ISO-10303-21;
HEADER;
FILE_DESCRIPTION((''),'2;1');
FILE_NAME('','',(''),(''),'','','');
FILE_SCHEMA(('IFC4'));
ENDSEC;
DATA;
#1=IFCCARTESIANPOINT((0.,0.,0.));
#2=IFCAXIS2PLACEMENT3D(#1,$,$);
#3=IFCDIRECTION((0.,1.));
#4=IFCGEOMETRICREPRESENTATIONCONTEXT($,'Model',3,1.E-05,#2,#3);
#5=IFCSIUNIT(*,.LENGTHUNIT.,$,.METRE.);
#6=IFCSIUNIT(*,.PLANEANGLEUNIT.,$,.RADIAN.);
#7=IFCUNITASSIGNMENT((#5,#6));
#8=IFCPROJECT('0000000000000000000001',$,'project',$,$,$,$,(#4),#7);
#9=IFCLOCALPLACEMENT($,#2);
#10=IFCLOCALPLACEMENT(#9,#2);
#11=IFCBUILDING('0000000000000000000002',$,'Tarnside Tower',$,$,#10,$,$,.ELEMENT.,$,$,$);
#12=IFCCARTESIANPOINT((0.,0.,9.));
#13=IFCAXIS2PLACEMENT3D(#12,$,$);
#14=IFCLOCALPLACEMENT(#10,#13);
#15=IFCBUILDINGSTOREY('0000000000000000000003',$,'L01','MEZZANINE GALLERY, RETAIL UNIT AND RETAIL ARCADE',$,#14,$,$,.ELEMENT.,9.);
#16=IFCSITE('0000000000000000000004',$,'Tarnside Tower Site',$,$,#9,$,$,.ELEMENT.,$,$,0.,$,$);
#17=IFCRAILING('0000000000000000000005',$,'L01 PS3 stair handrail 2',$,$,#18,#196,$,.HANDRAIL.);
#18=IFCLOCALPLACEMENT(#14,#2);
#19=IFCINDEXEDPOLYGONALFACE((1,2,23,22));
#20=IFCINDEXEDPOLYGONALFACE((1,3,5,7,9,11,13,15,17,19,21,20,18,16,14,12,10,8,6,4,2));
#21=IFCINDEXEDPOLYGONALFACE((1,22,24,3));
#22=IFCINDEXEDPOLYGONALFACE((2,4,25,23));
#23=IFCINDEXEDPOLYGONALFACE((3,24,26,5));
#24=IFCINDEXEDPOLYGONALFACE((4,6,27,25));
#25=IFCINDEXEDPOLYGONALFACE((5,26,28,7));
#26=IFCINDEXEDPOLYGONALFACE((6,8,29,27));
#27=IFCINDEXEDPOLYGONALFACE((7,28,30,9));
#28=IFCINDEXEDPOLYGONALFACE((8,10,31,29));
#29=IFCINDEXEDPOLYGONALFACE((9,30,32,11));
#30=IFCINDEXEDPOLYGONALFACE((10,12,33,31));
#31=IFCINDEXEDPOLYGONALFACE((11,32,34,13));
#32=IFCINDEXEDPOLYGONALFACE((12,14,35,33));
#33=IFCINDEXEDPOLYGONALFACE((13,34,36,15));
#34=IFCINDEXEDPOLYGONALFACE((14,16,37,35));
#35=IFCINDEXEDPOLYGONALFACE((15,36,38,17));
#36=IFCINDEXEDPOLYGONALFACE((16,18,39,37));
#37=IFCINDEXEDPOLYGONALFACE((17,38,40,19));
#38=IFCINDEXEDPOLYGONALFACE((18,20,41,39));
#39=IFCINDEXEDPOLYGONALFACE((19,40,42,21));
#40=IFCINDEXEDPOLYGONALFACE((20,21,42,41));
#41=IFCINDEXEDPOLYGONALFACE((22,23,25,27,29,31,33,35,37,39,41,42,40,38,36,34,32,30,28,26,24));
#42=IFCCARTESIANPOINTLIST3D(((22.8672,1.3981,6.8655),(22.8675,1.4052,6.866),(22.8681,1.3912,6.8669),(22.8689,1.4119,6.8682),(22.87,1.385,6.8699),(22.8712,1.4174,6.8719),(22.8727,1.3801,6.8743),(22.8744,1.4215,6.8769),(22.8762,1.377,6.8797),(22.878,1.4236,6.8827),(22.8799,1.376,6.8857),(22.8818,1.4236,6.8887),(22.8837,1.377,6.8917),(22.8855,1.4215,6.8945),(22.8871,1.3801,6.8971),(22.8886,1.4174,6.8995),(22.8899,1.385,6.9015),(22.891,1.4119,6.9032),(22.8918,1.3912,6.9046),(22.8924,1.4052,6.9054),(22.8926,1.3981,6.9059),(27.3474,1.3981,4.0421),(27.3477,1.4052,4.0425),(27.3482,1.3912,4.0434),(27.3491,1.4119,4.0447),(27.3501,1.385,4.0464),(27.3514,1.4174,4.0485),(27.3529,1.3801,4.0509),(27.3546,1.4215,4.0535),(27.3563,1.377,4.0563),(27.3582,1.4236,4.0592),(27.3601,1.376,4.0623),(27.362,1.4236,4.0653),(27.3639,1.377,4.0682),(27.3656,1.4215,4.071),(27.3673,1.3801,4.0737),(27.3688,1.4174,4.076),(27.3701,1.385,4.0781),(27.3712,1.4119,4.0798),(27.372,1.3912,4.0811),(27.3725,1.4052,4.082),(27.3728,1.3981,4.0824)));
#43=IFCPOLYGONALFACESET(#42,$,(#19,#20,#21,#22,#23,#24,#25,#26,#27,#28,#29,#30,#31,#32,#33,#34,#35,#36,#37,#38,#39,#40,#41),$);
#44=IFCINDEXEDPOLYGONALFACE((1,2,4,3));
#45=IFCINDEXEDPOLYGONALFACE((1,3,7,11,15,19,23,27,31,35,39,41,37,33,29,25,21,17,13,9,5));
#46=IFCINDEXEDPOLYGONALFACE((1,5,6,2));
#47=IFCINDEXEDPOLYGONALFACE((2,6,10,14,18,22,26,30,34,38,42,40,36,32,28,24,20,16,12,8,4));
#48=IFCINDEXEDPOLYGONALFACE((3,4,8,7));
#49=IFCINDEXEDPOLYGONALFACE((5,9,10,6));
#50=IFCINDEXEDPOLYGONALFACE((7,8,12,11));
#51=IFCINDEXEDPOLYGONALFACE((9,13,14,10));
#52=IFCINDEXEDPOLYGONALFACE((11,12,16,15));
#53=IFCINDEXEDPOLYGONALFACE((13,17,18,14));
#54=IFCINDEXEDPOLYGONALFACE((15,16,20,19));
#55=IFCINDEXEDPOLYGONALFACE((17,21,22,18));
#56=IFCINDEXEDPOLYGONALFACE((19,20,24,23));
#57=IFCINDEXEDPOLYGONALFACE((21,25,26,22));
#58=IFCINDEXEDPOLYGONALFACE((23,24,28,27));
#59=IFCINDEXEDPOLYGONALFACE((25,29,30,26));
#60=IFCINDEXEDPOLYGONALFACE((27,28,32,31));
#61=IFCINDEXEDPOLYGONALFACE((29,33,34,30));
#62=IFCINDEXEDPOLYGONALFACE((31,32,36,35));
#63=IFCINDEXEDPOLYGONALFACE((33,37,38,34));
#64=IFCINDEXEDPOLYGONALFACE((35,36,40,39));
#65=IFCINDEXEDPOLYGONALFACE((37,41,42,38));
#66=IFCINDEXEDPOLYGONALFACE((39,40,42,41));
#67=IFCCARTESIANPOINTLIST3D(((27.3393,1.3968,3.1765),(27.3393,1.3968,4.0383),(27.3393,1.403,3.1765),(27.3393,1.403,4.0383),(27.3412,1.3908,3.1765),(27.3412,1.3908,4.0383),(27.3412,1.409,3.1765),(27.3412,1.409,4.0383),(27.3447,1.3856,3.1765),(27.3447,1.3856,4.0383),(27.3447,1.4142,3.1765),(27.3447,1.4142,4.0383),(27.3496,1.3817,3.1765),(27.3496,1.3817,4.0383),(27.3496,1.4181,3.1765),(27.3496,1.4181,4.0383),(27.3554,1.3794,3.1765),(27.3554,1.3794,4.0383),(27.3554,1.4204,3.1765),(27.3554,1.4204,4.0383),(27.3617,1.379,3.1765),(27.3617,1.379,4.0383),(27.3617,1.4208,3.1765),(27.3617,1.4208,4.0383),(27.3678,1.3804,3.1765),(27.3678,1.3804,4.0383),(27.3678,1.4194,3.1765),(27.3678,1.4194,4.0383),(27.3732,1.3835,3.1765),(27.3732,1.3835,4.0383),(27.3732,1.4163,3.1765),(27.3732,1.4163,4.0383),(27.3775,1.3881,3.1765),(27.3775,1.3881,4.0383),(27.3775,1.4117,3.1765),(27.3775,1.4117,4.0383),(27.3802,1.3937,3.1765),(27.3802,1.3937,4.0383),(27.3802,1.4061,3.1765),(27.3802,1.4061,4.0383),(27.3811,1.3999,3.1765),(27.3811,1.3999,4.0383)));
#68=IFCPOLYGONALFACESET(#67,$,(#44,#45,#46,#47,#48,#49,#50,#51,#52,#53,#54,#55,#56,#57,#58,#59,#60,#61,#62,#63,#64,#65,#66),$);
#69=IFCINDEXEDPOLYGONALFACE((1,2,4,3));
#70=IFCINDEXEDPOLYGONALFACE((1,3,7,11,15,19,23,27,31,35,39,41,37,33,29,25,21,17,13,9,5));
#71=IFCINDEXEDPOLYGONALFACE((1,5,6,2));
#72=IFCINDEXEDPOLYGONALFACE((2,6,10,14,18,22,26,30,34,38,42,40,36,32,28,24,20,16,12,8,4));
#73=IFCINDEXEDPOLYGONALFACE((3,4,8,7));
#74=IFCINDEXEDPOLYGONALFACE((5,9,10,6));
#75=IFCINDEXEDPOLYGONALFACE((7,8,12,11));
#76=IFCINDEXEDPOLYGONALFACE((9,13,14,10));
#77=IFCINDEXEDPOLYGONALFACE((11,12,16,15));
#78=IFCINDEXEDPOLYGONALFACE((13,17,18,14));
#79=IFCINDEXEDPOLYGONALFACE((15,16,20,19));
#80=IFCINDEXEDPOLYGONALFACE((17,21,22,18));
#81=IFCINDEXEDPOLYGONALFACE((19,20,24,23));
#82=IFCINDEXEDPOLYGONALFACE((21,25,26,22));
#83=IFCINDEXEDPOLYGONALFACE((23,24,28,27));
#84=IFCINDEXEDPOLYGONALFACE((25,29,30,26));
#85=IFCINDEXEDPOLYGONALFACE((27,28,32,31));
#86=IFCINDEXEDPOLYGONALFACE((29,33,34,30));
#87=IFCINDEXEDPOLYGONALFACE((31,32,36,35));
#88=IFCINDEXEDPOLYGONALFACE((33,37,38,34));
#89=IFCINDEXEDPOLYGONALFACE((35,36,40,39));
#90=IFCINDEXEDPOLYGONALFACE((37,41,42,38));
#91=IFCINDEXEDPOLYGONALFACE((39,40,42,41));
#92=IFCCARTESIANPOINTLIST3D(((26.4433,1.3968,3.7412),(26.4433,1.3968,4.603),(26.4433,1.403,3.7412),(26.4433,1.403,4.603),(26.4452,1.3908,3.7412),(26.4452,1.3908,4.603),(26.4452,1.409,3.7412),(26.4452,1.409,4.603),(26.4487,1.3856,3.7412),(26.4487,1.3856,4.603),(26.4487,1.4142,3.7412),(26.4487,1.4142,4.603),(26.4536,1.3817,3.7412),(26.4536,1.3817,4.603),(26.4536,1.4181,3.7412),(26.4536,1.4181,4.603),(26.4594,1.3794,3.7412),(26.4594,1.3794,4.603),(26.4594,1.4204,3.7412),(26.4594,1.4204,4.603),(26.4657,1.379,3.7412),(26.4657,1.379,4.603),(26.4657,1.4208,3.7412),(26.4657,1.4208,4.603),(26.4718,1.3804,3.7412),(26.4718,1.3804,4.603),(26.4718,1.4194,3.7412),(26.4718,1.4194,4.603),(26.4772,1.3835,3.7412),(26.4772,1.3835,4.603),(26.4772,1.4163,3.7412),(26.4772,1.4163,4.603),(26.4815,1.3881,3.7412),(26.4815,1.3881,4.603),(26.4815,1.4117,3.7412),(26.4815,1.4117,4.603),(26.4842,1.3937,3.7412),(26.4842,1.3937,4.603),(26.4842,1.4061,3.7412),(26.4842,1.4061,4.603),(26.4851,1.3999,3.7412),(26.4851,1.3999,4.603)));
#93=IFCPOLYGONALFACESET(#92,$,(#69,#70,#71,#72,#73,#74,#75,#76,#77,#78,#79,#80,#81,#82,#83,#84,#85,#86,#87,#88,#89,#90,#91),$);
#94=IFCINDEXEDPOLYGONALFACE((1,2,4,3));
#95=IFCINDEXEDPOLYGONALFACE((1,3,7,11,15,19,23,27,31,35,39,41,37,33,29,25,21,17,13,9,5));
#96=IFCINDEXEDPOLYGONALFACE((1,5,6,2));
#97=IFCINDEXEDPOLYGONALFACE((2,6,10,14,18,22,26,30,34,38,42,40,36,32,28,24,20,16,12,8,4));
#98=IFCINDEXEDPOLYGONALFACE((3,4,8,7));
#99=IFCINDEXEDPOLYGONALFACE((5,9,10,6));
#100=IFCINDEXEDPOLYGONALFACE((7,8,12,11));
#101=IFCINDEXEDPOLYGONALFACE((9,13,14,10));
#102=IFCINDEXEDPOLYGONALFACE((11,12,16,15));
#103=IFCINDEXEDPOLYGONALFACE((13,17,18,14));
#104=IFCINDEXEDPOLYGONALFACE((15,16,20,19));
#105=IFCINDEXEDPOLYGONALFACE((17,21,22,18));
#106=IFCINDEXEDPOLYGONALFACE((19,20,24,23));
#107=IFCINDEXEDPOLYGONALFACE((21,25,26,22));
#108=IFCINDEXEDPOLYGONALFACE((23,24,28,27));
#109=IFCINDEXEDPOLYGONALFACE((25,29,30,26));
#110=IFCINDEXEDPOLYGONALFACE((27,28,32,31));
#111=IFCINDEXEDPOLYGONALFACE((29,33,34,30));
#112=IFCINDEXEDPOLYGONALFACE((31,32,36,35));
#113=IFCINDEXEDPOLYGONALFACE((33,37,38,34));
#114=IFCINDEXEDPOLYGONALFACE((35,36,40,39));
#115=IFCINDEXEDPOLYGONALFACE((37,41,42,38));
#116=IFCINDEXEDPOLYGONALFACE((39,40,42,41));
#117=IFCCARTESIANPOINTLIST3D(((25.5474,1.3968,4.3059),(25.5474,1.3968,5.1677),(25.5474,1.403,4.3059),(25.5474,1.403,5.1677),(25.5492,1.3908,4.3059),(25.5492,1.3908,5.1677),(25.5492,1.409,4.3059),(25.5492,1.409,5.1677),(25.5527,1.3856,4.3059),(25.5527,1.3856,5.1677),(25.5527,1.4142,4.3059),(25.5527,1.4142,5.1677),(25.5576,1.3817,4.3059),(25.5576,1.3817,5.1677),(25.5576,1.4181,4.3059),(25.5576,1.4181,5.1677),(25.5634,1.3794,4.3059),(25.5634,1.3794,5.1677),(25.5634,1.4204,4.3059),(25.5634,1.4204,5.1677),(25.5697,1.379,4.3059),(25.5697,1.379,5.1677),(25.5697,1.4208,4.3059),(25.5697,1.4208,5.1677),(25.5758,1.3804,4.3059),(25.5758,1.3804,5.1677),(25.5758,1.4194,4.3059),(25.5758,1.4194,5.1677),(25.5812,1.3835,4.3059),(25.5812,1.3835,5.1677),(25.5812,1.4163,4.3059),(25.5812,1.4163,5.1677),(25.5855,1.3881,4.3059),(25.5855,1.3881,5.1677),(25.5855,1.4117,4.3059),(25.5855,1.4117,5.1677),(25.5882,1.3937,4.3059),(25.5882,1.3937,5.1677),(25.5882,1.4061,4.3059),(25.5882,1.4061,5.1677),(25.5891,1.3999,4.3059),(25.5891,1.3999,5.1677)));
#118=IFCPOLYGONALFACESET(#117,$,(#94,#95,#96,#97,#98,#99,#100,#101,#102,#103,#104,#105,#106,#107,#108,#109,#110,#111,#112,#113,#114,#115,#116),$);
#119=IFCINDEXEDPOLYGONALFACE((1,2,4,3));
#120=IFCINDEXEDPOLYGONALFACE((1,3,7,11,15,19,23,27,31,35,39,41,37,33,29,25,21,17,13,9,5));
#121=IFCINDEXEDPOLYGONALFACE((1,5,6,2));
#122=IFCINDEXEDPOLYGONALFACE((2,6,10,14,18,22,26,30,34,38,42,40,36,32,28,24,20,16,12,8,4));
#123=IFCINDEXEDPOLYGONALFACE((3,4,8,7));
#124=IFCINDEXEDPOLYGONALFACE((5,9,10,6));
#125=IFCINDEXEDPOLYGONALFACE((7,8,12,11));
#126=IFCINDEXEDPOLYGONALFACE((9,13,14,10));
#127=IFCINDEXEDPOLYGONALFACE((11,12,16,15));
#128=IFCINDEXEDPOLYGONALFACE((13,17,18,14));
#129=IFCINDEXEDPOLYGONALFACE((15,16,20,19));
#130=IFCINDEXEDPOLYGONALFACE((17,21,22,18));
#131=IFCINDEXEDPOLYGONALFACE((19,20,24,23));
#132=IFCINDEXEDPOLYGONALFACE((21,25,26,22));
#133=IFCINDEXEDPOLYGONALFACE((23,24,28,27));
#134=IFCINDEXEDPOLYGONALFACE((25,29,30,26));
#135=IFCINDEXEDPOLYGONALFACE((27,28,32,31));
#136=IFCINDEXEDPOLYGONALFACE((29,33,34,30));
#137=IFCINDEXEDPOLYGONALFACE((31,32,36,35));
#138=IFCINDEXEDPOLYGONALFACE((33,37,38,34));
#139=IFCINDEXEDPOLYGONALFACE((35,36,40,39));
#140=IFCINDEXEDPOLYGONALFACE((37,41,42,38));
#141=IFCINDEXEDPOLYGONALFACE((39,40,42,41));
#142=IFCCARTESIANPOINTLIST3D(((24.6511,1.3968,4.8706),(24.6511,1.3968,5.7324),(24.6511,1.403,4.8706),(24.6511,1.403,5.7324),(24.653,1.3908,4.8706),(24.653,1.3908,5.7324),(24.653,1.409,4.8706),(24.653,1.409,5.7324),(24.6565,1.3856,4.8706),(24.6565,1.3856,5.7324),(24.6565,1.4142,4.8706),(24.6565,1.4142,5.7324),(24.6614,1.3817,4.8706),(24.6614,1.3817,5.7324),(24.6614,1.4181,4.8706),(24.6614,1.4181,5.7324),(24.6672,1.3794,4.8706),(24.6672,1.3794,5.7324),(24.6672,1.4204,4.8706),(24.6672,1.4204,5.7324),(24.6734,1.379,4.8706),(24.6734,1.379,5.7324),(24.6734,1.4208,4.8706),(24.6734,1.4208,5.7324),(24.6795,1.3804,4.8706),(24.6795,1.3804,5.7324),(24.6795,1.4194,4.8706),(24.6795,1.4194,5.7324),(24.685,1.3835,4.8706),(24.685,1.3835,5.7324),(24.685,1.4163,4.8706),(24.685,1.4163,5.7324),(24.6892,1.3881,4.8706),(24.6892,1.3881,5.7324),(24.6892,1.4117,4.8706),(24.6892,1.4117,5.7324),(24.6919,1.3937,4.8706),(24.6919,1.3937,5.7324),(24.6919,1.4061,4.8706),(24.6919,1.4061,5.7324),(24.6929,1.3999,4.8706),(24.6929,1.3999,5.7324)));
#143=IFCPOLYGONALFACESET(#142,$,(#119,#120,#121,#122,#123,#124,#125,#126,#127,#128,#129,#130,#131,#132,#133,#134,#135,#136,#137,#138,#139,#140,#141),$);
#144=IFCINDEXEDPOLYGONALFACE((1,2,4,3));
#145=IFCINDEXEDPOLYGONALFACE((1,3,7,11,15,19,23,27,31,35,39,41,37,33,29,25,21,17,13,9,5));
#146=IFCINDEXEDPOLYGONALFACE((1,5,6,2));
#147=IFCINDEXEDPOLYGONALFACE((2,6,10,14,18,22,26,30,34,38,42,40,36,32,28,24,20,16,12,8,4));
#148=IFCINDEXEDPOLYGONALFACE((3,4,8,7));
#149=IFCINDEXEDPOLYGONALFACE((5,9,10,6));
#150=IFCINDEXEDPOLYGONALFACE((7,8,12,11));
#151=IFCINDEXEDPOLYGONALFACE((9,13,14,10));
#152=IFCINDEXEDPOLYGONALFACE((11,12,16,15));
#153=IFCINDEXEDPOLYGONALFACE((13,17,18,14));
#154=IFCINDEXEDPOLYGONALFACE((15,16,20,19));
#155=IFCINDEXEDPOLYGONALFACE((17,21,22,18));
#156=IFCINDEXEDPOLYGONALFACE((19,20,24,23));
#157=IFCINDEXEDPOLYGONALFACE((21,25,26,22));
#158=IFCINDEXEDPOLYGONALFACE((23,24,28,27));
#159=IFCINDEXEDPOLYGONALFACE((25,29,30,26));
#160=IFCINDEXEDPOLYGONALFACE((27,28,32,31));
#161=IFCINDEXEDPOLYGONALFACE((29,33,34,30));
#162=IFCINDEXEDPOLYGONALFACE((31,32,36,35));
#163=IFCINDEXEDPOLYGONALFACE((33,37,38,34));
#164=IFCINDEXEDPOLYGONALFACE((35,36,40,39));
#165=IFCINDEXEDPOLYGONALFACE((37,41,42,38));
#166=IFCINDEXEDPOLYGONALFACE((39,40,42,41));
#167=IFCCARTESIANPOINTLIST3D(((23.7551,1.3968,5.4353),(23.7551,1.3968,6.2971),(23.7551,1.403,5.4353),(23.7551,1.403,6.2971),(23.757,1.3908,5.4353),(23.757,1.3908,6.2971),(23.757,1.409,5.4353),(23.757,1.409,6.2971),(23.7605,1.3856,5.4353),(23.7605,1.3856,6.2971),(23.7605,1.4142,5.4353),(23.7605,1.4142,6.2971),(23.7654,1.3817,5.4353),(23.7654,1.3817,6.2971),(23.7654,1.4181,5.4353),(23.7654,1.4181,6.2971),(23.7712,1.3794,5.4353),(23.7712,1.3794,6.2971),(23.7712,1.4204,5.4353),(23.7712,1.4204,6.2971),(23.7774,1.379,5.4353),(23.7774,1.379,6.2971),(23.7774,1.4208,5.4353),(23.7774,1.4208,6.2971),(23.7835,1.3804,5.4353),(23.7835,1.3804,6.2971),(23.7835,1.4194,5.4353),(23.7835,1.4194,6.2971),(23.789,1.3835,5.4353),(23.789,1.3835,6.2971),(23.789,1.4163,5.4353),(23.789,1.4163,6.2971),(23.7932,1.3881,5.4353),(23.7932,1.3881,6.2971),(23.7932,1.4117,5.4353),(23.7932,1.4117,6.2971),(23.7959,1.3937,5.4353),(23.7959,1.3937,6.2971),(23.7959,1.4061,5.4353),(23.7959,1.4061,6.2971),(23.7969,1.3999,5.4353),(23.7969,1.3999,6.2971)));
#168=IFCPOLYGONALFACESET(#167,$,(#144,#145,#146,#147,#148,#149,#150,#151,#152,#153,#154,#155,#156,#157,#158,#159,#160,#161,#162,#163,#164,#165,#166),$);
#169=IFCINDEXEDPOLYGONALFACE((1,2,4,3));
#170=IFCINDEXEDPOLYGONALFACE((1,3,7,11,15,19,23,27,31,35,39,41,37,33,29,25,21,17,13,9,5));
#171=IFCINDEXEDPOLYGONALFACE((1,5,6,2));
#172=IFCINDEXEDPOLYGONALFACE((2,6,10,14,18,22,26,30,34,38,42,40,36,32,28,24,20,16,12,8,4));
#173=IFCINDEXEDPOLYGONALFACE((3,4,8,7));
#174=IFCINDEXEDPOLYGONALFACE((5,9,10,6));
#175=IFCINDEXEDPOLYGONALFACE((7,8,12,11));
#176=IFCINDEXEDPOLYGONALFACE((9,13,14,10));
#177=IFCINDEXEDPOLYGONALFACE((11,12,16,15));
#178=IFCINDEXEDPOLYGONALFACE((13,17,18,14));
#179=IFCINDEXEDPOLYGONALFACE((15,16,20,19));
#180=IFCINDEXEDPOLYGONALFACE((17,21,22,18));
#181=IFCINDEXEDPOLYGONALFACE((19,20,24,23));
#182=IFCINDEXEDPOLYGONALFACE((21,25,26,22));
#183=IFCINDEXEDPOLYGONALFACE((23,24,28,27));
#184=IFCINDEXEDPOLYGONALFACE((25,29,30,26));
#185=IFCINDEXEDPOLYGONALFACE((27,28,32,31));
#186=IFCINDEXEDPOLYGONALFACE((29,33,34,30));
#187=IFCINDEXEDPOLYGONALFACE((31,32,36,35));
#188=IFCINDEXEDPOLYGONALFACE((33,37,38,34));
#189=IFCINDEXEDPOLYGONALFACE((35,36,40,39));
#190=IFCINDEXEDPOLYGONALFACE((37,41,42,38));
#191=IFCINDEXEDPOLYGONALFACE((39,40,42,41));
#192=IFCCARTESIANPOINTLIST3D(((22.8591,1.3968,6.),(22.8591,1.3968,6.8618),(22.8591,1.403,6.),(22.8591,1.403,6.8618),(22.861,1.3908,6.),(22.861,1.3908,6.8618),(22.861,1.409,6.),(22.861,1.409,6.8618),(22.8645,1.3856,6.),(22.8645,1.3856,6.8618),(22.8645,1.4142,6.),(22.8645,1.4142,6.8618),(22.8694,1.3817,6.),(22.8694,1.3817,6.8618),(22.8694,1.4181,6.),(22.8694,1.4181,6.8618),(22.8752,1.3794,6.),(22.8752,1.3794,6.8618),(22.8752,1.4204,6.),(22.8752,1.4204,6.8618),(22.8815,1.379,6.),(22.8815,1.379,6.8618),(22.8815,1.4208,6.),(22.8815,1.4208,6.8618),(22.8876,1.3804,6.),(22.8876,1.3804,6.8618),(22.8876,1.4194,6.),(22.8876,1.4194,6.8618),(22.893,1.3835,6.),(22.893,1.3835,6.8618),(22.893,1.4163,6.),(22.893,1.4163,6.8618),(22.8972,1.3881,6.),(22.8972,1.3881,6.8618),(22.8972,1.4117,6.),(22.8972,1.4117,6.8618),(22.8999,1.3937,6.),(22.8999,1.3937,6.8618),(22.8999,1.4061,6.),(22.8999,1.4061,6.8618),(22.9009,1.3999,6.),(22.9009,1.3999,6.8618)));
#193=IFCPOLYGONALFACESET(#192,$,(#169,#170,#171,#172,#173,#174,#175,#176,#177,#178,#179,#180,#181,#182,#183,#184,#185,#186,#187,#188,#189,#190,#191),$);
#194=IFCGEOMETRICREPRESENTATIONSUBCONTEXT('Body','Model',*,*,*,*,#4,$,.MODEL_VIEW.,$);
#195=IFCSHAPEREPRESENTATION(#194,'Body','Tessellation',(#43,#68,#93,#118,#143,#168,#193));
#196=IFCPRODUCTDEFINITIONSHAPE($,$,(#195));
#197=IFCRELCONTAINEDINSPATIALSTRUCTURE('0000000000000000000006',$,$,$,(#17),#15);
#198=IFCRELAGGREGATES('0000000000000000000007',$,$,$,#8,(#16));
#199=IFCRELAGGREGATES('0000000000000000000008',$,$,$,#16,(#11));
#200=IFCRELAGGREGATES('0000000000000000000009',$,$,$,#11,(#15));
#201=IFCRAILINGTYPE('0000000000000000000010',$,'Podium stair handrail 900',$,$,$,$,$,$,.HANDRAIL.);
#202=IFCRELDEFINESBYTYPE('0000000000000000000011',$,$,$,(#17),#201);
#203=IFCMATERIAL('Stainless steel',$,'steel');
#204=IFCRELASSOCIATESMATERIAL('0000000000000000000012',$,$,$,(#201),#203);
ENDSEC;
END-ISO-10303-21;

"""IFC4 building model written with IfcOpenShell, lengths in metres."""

from ifc_helpers import new_model, si_unit, direction, frame, origin, origin_2d, place, context, subcontext, project, spatial, circle, extrude, material, type_object, element, save


model = new_model("IFC4")

# Units and contexts
model_context = context("Model", 3, precision=1e-05, world=origin(), true_north=direction((0.0, 1.0)))
body_context = subcontext(model_context, "Body", "Model", "MODEL_VIEW")
ifc_project = project(units=[si_unit("LENGTHUNIT", "METRE"), si_unit("PLANEANGLEUNIT", "RADIAN")], contexts=[model_context])

# Site, building, storey
site_placement = place(None, origin())
site = spatial("IfcSite", under=ifc_project, at=site_placement, Name="Tarnside Tower Site", CompositionType="ELEMENT", RefElevation=0.0)
building_placement = place(site_placement, origin())
building = spatial("IfcBuilding", under=site, at=building_placement, Name="Tarnside Tower", CompositionType="ELEMENT")
storey_placement = place(building_placement, frame((0.0, 0.0, 9.0)))
storey = spatial("IfcBuildingStorey", under=building, at=storey_placement, Name="L01", Description="MEZZANINE GALLERY, RETAIL UNIT AND RETAIL ARCADE", CompositionType="ELEMENT", Elevation=9.0)

# Railing
ifc_material_1 = material(Name="Stainless steel", Category="steel")
railing_type_1 = type_object("IfcRailingType", Name="Podium stair handrail 900", PredefinedType="HANDRAIL", material=ifc_material_1)
railing_1_placement = place(storey_placement, frame((27.3601, 1.3999, 3.1765)))
element("IfcRailing", 1, at=railing_1_placement, inside=storey, type_object=railing_type_1, Name="L01 PS3 stair handrail 2", PredefinedType="HANDRAIL", context=body_context, shape_type="SweptSolid", body=[
    extrude(circle(Radius=0.0239, at=origin_2d()), frame((0.0, 0.0, 0.8857), z_axis=(-0.846011, 0.0, 0.533165), x_axis=(0.0, -1.0, 0.0)), (0.0, 0.0, 1.0), 5.2957),
    extrude(circle(Radius=0.021, at=origin_2d()), origin(), (0.0, 0.0, 1.0), 0.8618),
    extrude(circle(Radius=0.021, at=origin_2d()), frame((-0.896, 0.0, 0.5647)), (0.0, 0.0, 1.0), 0.8618),
    extrude(circle(Radius=0.021, at=origin_2d()), frame((-1.792, 0.0, 1.1294)), (0.0, 0.0, 1.0), 0.8618),
    extrude(circle(Radius=0.021, at=origin_2d()), frame((-2.6882, 0.0, 1.6941)), (0.0, 0.0, 1.0), 0.8618),
    extrude(circle(Radius=0.021, at=origin_2d()), frame((-3.5842, 0.0, 2.2588)), (0.0, 0.0, 1.0), 0.8618),
    extrude(circle(Radius=0.021, at=origin_2d()), frame((-4.4802, 0.0, 2.8235)), (0.0, 0.0, 1.0), 0.8618),
])

save(model, "model.ifc")
